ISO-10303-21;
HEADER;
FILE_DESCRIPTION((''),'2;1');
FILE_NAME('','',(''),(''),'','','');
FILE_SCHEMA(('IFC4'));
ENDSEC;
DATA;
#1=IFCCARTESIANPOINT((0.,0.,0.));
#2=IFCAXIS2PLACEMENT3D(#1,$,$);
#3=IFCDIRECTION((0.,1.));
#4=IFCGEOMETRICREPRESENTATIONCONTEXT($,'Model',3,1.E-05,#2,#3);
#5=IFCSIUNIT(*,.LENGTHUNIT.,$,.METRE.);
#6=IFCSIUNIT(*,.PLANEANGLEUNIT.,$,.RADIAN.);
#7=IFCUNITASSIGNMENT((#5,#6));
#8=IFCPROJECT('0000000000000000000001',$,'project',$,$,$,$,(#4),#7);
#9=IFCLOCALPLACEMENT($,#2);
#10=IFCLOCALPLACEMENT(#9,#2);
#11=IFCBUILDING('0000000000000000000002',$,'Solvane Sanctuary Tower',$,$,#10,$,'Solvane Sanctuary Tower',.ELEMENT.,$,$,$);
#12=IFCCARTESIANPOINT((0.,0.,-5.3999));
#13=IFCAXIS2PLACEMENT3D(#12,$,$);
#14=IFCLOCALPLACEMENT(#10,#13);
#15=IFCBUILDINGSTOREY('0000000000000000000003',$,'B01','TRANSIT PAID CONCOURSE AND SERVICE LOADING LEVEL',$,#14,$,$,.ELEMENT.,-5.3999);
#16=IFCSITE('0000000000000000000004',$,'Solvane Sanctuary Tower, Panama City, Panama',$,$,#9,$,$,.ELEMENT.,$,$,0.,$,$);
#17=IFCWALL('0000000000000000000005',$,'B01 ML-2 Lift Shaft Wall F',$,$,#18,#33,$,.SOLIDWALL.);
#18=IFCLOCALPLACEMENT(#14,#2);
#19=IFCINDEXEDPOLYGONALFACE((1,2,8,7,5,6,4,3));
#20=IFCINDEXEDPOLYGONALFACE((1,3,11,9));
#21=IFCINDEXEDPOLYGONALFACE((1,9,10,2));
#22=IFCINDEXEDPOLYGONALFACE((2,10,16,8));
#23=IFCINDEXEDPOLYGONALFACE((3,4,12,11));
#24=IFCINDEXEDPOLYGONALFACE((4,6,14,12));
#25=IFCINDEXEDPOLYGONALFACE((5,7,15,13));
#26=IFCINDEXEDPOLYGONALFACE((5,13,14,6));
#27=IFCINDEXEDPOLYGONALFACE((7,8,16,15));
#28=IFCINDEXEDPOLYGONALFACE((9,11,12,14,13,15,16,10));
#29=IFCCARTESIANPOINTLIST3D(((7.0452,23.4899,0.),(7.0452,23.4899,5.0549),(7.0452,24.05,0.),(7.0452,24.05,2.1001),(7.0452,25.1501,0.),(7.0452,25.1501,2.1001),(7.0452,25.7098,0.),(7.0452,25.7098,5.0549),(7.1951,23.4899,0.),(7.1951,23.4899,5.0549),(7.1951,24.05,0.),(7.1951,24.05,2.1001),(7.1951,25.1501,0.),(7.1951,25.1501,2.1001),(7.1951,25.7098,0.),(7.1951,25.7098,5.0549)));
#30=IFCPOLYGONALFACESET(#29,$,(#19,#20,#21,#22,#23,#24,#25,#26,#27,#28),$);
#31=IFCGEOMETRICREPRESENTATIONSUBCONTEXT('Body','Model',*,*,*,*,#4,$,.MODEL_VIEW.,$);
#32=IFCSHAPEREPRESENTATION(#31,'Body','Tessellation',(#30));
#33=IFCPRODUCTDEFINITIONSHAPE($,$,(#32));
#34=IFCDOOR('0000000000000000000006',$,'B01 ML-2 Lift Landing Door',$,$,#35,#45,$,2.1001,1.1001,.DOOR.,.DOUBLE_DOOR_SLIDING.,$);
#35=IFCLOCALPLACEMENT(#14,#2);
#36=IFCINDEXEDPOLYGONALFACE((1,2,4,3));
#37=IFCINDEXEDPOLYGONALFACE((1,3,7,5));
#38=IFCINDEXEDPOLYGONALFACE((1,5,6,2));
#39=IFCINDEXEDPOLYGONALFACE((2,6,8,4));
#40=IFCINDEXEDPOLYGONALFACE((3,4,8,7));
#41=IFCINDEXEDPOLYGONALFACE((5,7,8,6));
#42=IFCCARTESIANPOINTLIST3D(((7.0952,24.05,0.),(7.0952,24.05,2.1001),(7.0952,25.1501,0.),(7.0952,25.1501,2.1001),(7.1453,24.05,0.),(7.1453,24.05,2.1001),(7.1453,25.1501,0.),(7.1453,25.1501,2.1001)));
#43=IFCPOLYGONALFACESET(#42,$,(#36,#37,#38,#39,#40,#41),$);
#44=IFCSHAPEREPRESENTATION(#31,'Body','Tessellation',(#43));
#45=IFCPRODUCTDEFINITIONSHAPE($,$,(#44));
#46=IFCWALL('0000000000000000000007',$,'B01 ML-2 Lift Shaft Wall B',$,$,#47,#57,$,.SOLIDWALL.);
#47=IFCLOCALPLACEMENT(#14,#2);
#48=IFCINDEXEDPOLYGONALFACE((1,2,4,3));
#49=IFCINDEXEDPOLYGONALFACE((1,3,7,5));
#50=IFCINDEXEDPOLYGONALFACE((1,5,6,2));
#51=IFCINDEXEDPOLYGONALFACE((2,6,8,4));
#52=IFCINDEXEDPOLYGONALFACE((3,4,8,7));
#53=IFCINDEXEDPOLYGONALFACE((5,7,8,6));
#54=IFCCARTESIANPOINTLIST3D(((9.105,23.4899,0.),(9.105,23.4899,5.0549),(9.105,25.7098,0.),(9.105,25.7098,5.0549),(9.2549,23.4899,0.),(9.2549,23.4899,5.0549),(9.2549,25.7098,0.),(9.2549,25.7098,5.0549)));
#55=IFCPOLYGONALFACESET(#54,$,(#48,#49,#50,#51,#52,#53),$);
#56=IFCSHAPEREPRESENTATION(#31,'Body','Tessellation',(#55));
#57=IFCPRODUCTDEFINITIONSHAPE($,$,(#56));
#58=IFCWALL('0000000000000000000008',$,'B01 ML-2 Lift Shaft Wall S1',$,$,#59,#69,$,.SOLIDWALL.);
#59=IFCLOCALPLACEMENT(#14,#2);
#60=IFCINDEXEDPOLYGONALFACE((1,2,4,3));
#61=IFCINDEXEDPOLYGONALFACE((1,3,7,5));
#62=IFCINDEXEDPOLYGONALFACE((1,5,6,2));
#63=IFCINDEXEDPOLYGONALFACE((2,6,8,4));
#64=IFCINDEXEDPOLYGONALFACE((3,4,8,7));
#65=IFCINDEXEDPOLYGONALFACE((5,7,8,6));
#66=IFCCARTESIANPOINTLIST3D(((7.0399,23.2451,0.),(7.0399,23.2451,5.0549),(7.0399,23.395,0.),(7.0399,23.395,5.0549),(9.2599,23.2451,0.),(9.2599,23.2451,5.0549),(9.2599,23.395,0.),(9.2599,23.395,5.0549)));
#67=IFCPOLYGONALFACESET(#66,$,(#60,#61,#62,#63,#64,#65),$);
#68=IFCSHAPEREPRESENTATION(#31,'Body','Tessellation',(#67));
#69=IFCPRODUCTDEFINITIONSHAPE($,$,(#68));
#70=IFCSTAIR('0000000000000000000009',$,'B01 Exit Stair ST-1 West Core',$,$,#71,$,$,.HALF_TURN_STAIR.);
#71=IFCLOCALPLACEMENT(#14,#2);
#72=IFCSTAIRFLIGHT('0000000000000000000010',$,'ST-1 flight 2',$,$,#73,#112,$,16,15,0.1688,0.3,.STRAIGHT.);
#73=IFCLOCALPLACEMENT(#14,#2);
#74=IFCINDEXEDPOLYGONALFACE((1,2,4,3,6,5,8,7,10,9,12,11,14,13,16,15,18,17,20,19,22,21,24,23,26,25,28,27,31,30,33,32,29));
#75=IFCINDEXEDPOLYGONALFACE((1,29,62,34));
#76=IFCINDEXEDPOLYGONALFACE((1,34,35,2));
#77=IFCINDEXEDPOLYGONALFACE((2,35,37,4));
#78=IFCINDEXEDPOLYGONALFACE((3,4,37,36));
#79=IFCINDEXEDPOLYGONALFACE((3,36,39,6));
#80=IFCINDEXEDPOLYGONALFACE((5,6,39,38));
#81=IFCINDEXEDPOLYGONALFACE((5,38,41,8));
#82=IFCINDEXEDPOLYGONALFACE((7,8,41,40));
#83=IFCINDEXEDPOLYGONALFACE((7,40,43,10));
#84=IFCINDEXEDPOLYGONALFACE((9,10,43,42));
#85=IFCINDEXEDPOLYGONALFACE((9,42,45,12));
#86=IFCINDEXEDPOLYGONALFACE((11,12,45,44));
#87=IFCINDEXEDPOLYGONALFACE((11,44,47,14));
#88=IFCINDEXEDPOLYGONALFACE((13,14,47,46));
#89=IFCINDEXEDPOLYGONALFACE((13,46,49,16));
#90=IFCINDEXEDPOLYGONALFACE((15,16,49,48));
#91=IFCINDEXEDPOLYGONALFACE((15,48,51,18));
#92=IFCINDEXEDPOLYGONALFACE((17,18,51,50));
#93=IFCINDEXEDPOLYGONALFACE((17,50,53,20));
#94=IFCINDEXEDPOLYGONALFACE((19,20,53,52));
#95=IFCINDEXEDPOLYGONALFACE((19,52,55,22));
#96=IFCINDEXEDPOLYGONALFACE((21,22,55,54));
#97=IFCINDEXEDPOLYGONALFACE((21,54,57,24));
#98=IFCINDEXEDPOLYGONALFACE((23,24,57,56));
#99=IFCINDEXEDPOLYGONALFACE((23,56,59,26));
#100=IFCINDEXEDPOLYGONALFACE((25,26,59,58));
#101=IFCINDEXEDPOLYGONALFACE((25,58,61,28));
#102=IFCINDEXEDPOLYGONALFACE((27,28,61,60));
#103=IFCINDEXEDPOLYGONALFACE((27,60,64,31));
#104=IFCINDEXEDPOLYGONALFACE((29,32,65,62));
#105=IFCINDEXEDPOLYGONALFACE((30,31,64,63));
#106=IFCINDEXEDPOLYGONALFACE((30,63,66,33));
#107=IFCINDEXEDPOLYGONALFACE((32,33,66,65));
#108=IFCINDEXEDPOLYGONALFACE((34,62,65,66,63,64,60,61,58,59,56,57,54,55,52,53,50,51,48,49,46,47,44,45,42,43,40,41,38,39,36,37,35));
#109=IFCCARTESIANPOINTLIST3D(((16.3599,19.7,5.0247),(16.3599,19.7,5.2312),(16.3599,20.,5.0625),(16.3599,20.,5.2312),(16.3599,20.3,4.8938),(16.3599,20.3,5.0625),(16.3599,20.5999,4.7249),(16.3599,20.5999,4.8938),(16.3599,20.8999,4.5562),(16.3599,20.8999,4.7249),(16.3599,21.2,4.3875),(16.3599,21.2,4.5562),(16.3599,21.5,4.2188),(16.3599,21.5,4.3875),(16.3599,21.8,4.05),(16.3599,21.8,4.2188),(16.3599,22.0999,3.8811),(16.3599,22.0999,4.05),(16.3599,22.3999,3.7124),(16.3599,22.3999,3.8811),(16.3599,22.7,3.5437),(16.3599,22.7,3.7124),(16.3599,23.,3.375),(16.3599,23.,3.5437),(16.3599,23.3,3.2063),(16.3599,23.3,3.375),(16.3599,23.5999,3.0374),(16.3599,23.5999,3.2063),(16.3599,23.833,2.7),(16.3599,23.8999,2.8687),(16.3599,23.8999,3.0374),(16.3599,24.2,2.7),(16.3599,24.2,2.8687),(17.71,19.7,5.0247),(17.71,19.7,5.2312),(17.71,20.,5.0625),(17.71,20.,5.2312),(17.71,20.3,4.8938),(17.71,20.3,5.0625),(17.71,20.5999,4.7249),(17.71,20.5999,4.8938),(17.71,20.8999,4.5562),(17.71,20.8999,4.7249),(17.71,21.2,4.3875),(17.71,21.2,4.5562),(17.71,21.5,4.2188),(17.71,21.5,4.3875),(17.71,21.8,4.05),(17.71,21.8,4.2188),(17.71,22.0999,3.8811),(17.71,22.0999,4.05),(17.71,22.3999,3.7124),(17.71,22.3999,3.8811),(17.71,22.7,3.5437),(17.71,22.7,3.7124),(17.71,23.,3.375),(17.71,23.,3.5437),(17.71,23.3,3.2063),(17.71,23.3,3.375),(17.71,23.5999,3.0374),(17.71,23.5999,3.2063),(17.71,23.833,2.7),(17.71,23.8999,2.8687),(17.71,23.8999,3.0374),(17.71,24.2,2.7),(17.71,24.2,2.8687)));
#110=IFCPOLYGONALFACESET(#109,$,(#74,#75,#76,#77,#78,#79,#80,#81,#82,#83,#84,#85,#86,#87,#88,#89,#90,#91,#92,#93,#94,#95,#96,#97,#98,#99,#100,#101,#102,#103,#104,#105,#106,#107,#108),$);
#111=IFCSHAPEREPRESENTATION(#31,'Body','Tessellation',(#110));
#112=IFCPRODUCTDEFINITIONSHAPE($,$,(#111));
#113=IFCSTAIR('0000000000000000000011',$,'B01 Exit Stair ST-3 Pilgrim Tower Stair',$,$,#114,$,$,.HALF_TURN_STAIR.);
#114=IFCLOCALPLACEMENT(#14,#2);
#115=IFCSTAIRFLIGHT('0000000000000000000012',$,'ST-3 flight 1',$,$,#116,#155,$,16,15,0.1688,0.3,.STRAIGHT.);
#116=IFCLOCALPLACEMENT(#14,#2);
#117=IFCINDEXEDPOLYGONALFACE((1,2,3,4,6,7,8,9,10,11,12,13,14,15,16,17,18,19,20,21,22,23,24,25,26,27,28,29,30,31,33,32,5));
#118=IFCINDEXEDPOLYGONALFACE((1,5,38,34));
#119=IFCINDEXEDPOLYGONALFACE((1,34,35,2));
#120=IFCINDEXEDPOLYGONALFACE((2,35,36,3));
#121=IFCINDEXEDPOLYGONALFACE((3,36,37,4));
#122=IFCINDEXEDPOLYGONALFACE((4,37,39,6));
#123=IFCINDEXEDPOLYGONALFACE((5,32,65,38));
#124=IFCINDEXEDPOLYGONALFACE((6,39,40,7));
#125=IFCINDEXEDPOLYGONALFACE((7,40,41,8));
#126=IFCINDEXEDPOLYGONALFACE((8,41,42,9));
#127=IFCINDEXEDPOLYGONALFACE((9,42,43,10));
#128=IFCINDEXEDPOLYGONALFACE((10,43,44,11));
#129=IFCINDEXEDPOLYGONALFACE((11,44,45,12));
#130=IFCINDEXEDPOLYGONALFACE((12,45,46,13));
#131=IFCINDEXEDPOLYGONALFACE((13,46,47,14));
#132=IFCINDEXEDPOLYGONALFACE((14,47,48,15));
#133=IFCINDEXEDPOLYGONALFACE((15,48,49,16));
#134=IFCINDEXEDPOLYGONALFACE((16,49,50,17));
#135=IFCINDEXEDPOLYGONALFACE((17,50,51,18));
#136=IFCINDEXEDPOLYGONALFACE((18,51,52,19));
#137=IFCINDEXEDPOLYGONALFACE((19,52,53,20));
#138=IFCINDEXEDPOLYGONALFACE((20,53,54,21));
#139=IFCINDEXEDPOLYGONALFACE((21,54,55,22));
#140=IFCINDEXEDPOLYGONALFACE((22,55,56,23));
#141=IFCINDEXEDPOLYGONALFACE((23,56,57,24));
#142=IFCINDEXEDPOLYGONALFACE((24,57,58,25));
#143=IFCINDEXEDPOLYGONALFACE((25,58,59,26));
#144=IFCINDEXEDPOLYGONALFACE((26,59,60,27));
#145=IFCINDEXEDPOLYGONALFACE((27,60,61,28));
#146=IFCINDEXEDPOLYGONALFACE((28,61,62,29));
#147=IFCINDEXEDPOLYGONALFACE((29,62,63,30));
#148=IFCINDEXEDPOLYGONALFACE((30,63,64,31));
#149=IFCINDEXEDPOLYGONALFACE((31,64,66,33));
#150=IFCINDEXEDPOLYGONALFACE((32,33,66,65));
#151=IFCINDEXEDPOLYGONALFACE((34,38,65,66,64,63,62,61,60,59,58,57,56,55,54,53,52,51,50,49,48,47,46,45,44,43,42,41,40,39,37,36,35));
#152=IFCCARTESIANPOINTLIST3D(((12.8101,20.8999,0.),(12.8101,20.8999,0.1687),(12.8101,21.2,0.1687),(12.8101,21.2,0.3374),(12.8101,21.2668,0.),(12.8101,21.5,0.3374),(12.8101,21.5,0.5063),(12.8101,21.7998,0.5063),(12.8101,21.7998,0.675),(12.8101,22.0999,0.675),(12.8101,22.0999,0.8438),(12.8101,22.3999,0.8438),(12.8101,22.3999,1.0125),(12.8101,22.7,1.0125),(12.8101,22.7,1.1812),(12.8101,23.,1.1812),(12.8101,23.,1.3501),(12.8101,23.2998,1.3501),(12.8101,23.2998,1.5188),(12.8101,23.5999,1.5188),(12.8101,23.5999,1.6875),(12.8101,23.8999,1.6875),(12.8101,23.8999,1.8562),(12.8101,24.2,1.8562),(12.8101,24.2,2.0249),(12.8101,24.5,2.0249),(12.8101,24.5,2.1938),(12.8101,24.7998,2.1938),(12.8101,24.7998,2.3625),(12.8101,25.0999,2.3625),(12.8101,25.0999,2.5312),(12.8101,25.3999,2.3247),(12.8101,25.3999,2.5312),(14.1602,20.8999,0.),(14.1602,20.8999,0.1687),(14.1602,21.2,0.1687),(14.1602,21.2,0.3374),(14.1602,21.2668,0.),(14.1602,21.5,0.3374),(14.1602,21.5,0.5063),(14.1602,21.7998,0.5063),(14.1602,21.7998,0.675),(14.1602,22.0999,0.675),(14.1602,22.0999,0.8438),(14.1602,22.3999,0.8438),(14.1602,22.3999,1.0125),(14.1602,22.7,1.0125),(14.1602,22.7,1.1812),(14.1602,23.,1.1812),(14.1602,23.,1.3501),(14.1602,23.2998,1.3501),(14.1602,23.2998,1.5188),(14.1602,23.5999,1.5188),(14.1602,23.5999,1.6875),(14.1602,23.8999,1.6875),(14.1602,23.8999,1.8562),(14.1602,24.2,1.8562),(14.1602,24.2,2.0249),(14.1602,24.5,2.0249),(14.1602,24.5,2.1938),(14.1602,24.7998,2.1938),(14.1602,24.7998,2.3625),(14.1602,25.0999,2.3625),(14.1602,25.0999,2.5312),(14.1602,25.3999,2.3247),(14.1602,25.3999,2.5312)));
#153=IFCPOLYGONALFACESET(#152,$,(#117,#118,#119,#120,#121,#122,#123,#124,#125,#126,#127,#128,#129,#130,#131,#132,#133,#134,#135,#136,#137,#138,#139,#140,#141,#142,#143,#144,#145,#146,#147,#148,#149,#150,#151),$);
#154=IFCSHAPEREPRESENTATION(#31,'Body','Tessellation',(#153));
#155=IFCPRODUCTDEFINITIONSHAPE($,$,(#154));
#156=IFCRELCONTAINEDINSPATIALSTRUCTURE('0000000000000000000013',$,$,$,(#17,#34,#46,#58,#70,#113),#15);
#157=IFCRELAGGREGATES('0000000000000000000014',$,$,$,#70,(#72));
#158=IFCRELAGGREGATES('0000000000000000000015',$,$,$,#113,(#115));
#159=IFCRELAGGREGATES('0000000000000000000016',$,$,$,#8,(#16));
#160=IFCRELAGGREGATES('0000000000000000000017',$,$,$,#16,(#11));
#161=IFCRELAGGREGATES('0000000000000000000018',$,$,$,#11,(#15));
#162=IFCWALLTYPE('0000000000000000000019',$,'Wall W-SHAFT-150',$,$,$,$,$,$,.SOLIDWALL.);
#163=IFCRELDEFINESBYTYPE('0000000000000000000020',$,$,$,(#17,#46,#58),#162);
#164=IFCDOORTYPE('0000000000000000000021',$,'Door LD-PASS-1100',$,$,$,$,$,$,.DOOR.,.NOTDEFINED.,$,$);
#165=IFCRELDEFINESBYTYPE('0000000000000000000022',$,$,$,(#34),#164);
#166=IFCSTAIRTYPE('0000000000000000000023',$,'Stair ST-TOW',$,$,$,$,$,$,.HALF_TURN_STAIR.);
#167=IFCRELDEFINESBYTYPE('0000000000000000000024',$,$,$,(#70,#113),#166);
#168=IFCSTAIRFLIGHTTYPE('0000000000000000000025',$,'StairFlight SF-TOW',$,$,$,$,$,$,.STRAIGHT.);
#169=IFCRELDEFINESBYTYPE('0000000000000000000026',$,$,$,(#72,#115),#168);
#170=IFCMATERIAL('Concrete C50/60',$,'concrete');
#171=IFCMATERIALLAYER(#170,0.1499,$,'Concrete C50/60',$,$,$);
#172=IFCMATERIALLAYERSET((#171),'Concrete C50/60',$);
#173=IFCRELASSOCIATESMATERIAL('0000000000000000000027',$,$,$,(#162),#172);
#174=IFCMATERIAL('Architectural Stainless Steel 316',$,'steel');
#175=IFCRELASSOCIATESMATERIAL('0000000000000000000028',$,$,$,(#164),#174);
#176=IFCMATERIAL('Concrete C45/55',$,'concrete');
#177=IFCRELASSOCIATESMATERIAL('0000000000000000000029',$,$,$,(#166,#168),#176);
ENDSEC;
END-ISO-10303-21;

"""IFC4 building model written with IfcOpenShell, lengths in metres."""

from ifc_helpers import new_model, si_unit, direction, frame, frame_2d, origin, place, context, subcontext, project, spatial, polyline, rectangle, outline, extrude, material, layer, layer_set, type_object, element, fill, aggregate, save


model = new_model("IFC4")

# Units and contexts
model_context = context("Model", 3, precision=1e-05, world=origin(), true_north=direction((0.0, 1.0)))
body_context = subcontext(model_context, "Body", "Model", "MODEL_VIEW")
ifc_project = project(units=[si_unit("LENGTHUNIT", "METRE"), si_unit("PLANEANGLEUNIT", "RADIAN")], contexts=[model_context])

# Site, building, storey
site_placement = place(None, origin())
site = spatial("IfcSite", under=ifc_project, at=site_placement, Name="Solvane Sanctuary Tower, Panama City, Panama", CompositionType="ELEMENT", RefElevation=0.0)
building_placement = place(site_placement, origin())
building = spatial("IfcBuilding", under=site, at=building_placement, Name="Solvane Sanctuary Tower", LongName="Solvane Sanctuary Tower", CompositionType="ELEMENT")
storey_placement = place(building_placement, frame((0.0, 0.0, -5.3999)))
storey = spatial("IfcBuildingStorey", under=building, at=storey_placement, Name="B01", Description="TRANSIT PAID CONCOURSE AND SERVICE LOADING LEVEL", CompositionType="ELEMENT", Elevation=-5.3999)

# Shared definitions
ifc_material_1 = material(Name="Concrete C50/60", Category="concrete")

# Shared definitions
ifc_material_2 = material(Name="Architectural Stainless Steel 316", Category="steel")

# Shared definitions
ifc_layer_1 = layer(ifc_material_1, 0.1499, Name="Concrete C50/60")
ifc_layer_set_1 = layer_set([ifc_layer_1], Name="Concrete C50/60")
wall_type_1 = type_object("IfcWallType", Name="Wall W-SHAFT-150", PredefinedType="SOLIDWALL", material=ifc_layer_set_1)
door_type_1 = type_object("IfcDoorType", Name="Door LD-PASS-1100", OperationType="NOTDEFINED", PredefinedType="DOOR", material=ifc_material_2)

# Wall, opening, door
wall_1_placement = place(storey_placement, frame((7.1201, 23.49, 0.0), z_axis=(0.0, 0.0, 1.0), x_axis=(0.0, 1.0, 0.0)))
wall_1 = element("IfcWall", 1, at=wall_1_placement, inside=storey, type_object=wall_type_1, Name="B01 ML-2 Lift Shaft Wall F", PredefinedType="SOLIDWALL", context=body_context, shape_type="SweptSolid", body=[
    extrude(rectangle(XDim=2.22, YDim=0.1499, at=frame_2d((1.1099, 0.0))), origin(), (0.0, 0.0, 1.0), 5.0549),
])
opening_1_placement = place(wall_1_placement, frame((0.5601, 0.0, 0.0)))
opening_1 = element("IfcOpeningElement", 2, at=opening_1_placement, cuts=wall_1, PredefinedType="OPENING", context=body_context, shape_type="SweptSolid", body=[
    extrude(rectangle(XDim=1.1001, YDim=2.1001, at=frame_2d((0.55, 1.05))), frame((0.0, 0.085, 0.0), z_axis=(0.0, -1.0, 0.0), x_axis=(1.0, 0.0, 0.0)), (0.0, 0.0, 1.0), 0.1699),
])
door_1_placement = place(opening_1_placement, origin())
door_1 = element("IfcDoor", 3, at=door_1_placement, inside=storey, type_object=door_type_1, Name="B01 ML-2 Lift Landing Door", OperationType="DOUBLE_DOOR_SLIDING", OverallHeight=2.1001, OverallWidth=1.1001, PredefinedType="DOOR", context=body_context, shape_type="SweptSolid", body=[
    extrude(rectangle(XDim=1.1001, YDim=2.1001, at=frame_2d((0.55, 1.05))), frame((0.0, 0.0249, 0.0), z_axis=(0.0, -1.0, 0.0), x_axis=(1.0, 0.0, 0.0)), (0.0, 0.0, 1.0), 0.05),
])
fill(opening_1, door_1)

# Walls
for number, where, z_axis, x_axis, name in (
    (4, (9.1799, 23.49, 0.0), (0.0, 0.0, 1.0), (0.0, 1.0, 0.0), "B01 ML-2 Lift Shaft Wall B"),
    (5, (7.04, 23.3201, 0.0), (0.0, 0.0, 1.0), (1.0, 0.0, 0.0), "B01 ML-2 Lift Shaft Wall S1"),
):
    element("IfcWall", number, at=place(storey_placement, frame(where, z_axis=z_axis, x_axis=x_axis)), inside=storey, type_object=wall_type_1, Name=name, PredefinedType="SOLIDWALL", context=body_context, shape_type="SweptSolid", body=[
        extrude(rectangle(XDim=2.22, YDim=0.1499, at=frame_2d((1.1099, 0.0))), origin(), (0.0, 0.0, 1.0), 5.0549),
    ])

# Stair, stair flight
ifc_material_3 = material(Name="Concrete C45/55", Category="concrete")
stair_type = type_object("IfcStairType", Name="Stair ST-TOW", PredefinedType="HALF_TURN_STAIR", material=ifc_material_3)
stair_1_placement = place(storey_placement, origin())
stair_1 = element("IfcStair", 6, at=stair_1_placement, inside=storey, type_object=stair_type, Name="B01 Exit Stair ST-1 West Core", PredefinedType="HALF_TURN_STAIR")
stair_flight_type = type_object("IfcStairFlightType", Name="StairFlight SF-TOW", PredefinedType="STRAIGHT", material=ifc_material_3)
stair_flight_1_placement = place(storey_placement, frame((17.0349, 24.2, 2.7), z_axis=(0.0, 0.0, 1.0), x_axis=(0.0, -1.0, 0.0)))
stair_flight_1 = element("IfcStairFlight", 7, at=stair_flight_1_placement, type_object=stair_flight_type, Name="ST-1 flight 2", NumberOfRisers=16, NumberOfTreads=15, PredefinedType="STRAIGHT", RiserHeight=0.1688, TreadLength=0.3, context=body_context, shape_type="SweptSolid", body=[
    extrude(outline(polyline([(0.0, 0.0), (0.0, 0.1687), (0.3, 0.1687), (0.3, 0.3374), (0.6001, 0.3374), (0.6001, 0.5063), (0.8999, 0.5063), (0.8999, 0.675), (1.2, 0.675), (1.2, 0.8438), (1.5, 0.8438), (1.5, 1.0125), (1.8, 1.0125), (1.8, 1.1812), (2.1001, 1.1812), (2.1001, 1.3501), (2.3999, 1.3501), (2.3999, 1.5188), (2.7, 1.5188), (2.7, 1.6875), (3.0, 1.6875), (3.0, 1.8562), (3.3, 1.8562), (3.3, 2.0249), (3.6001, 2.0249), (3.6001, 2.1938), (3.8999, 2.1938), (3.8999, 2.3625), (4.2, 2.3625), (4.2, 2.5312), (4.5, 2.5312), (4.5, 2.7), (4.5, 2.3247), (0.3669, 0.0), (0.0, 0.0)])), frame((0.0, 0.675, 0.0), z_axis=(0.0, -1.0, 0.0), x_axis=(1.0, 0.0, 0.0)), (0.0, 0.0, 1.0), 1.3501),
])
aggregate(stair_1, [stair_flight_1])

# Stair, stair flight
stair_2_placement = place(storey_placement, origin())
stair_2 = element("IfcStair", 8, at=stair_2_placement, inside=storey, type_object=stair_type, Name="B01 Exit Stair ST-3 Pilgrim Tower Stair", PredefinedType="HALF_TURN_STAIR")
stair_flight_2_placement = place(storey_placement, frame((13.4851, 20.8999, 0.0), z_axis=(0.0, 0.0, 1.0), x_axis=(0.0, 1.0, 0.0)))
stair_flight_2 = element("IfcStairFlight", 9, at=stair_flight_2_placement, type_object=stair_flight_type, Name="ST-3 flight 1", NumberOfRisers=16, NumberOfTreads=15, PredefinedType="STRAIGHT", RiserHeight=0.1688, TreadLength=0.3, context=body_context, shape_type="SweptSolid", body=[
    extrude(outline(polyline([(0.0, 0.0), (0.0, 0.1687), (0.3, 0.1687), (0.3, 0.3374), (0.6001, 0.3374), (0.6001, 0.5063), (0.8999, 0.5063), (0.8999, 0.675), (1.2, 0.675), (1.2, 0.8438), (1.5, 0.8438), (1.5, 1.0125), (1.8, 1.0125), (1.8, 1.1812), (2.1001, 1.1812), (2.1001, 1.3501), (2.3999, 1.3501), (2.3999, 1.5188), (2.7, 1.5188), (2.7, 1.6875), (3.0, 1.6875), (3.0, 1.8562), (3.3, 1.8562), (3.3, 2.0249), (3.6001, 2.0249), (3.6001, 2.1938), (3.8999, 2.1938), (3.8999, 2.3625), (4.2, 2.3625), (4.2, 2.5312), (4.5, 2.5312), (4.5, 2.7), (4.5, 2.3247), (0.3669, 0.0), (0.0, 0.0)])), frame((0.0, 0.675, 0.0), z_axis=(0.0, -1.0, 0.0), x_axis=(1.0, 0.0, 0.0)), (0.0, 0.0, 1.0), 1.3501),
])
aggregate(stair_2, [stair_flight_2])

save(model, "model.ifc")
